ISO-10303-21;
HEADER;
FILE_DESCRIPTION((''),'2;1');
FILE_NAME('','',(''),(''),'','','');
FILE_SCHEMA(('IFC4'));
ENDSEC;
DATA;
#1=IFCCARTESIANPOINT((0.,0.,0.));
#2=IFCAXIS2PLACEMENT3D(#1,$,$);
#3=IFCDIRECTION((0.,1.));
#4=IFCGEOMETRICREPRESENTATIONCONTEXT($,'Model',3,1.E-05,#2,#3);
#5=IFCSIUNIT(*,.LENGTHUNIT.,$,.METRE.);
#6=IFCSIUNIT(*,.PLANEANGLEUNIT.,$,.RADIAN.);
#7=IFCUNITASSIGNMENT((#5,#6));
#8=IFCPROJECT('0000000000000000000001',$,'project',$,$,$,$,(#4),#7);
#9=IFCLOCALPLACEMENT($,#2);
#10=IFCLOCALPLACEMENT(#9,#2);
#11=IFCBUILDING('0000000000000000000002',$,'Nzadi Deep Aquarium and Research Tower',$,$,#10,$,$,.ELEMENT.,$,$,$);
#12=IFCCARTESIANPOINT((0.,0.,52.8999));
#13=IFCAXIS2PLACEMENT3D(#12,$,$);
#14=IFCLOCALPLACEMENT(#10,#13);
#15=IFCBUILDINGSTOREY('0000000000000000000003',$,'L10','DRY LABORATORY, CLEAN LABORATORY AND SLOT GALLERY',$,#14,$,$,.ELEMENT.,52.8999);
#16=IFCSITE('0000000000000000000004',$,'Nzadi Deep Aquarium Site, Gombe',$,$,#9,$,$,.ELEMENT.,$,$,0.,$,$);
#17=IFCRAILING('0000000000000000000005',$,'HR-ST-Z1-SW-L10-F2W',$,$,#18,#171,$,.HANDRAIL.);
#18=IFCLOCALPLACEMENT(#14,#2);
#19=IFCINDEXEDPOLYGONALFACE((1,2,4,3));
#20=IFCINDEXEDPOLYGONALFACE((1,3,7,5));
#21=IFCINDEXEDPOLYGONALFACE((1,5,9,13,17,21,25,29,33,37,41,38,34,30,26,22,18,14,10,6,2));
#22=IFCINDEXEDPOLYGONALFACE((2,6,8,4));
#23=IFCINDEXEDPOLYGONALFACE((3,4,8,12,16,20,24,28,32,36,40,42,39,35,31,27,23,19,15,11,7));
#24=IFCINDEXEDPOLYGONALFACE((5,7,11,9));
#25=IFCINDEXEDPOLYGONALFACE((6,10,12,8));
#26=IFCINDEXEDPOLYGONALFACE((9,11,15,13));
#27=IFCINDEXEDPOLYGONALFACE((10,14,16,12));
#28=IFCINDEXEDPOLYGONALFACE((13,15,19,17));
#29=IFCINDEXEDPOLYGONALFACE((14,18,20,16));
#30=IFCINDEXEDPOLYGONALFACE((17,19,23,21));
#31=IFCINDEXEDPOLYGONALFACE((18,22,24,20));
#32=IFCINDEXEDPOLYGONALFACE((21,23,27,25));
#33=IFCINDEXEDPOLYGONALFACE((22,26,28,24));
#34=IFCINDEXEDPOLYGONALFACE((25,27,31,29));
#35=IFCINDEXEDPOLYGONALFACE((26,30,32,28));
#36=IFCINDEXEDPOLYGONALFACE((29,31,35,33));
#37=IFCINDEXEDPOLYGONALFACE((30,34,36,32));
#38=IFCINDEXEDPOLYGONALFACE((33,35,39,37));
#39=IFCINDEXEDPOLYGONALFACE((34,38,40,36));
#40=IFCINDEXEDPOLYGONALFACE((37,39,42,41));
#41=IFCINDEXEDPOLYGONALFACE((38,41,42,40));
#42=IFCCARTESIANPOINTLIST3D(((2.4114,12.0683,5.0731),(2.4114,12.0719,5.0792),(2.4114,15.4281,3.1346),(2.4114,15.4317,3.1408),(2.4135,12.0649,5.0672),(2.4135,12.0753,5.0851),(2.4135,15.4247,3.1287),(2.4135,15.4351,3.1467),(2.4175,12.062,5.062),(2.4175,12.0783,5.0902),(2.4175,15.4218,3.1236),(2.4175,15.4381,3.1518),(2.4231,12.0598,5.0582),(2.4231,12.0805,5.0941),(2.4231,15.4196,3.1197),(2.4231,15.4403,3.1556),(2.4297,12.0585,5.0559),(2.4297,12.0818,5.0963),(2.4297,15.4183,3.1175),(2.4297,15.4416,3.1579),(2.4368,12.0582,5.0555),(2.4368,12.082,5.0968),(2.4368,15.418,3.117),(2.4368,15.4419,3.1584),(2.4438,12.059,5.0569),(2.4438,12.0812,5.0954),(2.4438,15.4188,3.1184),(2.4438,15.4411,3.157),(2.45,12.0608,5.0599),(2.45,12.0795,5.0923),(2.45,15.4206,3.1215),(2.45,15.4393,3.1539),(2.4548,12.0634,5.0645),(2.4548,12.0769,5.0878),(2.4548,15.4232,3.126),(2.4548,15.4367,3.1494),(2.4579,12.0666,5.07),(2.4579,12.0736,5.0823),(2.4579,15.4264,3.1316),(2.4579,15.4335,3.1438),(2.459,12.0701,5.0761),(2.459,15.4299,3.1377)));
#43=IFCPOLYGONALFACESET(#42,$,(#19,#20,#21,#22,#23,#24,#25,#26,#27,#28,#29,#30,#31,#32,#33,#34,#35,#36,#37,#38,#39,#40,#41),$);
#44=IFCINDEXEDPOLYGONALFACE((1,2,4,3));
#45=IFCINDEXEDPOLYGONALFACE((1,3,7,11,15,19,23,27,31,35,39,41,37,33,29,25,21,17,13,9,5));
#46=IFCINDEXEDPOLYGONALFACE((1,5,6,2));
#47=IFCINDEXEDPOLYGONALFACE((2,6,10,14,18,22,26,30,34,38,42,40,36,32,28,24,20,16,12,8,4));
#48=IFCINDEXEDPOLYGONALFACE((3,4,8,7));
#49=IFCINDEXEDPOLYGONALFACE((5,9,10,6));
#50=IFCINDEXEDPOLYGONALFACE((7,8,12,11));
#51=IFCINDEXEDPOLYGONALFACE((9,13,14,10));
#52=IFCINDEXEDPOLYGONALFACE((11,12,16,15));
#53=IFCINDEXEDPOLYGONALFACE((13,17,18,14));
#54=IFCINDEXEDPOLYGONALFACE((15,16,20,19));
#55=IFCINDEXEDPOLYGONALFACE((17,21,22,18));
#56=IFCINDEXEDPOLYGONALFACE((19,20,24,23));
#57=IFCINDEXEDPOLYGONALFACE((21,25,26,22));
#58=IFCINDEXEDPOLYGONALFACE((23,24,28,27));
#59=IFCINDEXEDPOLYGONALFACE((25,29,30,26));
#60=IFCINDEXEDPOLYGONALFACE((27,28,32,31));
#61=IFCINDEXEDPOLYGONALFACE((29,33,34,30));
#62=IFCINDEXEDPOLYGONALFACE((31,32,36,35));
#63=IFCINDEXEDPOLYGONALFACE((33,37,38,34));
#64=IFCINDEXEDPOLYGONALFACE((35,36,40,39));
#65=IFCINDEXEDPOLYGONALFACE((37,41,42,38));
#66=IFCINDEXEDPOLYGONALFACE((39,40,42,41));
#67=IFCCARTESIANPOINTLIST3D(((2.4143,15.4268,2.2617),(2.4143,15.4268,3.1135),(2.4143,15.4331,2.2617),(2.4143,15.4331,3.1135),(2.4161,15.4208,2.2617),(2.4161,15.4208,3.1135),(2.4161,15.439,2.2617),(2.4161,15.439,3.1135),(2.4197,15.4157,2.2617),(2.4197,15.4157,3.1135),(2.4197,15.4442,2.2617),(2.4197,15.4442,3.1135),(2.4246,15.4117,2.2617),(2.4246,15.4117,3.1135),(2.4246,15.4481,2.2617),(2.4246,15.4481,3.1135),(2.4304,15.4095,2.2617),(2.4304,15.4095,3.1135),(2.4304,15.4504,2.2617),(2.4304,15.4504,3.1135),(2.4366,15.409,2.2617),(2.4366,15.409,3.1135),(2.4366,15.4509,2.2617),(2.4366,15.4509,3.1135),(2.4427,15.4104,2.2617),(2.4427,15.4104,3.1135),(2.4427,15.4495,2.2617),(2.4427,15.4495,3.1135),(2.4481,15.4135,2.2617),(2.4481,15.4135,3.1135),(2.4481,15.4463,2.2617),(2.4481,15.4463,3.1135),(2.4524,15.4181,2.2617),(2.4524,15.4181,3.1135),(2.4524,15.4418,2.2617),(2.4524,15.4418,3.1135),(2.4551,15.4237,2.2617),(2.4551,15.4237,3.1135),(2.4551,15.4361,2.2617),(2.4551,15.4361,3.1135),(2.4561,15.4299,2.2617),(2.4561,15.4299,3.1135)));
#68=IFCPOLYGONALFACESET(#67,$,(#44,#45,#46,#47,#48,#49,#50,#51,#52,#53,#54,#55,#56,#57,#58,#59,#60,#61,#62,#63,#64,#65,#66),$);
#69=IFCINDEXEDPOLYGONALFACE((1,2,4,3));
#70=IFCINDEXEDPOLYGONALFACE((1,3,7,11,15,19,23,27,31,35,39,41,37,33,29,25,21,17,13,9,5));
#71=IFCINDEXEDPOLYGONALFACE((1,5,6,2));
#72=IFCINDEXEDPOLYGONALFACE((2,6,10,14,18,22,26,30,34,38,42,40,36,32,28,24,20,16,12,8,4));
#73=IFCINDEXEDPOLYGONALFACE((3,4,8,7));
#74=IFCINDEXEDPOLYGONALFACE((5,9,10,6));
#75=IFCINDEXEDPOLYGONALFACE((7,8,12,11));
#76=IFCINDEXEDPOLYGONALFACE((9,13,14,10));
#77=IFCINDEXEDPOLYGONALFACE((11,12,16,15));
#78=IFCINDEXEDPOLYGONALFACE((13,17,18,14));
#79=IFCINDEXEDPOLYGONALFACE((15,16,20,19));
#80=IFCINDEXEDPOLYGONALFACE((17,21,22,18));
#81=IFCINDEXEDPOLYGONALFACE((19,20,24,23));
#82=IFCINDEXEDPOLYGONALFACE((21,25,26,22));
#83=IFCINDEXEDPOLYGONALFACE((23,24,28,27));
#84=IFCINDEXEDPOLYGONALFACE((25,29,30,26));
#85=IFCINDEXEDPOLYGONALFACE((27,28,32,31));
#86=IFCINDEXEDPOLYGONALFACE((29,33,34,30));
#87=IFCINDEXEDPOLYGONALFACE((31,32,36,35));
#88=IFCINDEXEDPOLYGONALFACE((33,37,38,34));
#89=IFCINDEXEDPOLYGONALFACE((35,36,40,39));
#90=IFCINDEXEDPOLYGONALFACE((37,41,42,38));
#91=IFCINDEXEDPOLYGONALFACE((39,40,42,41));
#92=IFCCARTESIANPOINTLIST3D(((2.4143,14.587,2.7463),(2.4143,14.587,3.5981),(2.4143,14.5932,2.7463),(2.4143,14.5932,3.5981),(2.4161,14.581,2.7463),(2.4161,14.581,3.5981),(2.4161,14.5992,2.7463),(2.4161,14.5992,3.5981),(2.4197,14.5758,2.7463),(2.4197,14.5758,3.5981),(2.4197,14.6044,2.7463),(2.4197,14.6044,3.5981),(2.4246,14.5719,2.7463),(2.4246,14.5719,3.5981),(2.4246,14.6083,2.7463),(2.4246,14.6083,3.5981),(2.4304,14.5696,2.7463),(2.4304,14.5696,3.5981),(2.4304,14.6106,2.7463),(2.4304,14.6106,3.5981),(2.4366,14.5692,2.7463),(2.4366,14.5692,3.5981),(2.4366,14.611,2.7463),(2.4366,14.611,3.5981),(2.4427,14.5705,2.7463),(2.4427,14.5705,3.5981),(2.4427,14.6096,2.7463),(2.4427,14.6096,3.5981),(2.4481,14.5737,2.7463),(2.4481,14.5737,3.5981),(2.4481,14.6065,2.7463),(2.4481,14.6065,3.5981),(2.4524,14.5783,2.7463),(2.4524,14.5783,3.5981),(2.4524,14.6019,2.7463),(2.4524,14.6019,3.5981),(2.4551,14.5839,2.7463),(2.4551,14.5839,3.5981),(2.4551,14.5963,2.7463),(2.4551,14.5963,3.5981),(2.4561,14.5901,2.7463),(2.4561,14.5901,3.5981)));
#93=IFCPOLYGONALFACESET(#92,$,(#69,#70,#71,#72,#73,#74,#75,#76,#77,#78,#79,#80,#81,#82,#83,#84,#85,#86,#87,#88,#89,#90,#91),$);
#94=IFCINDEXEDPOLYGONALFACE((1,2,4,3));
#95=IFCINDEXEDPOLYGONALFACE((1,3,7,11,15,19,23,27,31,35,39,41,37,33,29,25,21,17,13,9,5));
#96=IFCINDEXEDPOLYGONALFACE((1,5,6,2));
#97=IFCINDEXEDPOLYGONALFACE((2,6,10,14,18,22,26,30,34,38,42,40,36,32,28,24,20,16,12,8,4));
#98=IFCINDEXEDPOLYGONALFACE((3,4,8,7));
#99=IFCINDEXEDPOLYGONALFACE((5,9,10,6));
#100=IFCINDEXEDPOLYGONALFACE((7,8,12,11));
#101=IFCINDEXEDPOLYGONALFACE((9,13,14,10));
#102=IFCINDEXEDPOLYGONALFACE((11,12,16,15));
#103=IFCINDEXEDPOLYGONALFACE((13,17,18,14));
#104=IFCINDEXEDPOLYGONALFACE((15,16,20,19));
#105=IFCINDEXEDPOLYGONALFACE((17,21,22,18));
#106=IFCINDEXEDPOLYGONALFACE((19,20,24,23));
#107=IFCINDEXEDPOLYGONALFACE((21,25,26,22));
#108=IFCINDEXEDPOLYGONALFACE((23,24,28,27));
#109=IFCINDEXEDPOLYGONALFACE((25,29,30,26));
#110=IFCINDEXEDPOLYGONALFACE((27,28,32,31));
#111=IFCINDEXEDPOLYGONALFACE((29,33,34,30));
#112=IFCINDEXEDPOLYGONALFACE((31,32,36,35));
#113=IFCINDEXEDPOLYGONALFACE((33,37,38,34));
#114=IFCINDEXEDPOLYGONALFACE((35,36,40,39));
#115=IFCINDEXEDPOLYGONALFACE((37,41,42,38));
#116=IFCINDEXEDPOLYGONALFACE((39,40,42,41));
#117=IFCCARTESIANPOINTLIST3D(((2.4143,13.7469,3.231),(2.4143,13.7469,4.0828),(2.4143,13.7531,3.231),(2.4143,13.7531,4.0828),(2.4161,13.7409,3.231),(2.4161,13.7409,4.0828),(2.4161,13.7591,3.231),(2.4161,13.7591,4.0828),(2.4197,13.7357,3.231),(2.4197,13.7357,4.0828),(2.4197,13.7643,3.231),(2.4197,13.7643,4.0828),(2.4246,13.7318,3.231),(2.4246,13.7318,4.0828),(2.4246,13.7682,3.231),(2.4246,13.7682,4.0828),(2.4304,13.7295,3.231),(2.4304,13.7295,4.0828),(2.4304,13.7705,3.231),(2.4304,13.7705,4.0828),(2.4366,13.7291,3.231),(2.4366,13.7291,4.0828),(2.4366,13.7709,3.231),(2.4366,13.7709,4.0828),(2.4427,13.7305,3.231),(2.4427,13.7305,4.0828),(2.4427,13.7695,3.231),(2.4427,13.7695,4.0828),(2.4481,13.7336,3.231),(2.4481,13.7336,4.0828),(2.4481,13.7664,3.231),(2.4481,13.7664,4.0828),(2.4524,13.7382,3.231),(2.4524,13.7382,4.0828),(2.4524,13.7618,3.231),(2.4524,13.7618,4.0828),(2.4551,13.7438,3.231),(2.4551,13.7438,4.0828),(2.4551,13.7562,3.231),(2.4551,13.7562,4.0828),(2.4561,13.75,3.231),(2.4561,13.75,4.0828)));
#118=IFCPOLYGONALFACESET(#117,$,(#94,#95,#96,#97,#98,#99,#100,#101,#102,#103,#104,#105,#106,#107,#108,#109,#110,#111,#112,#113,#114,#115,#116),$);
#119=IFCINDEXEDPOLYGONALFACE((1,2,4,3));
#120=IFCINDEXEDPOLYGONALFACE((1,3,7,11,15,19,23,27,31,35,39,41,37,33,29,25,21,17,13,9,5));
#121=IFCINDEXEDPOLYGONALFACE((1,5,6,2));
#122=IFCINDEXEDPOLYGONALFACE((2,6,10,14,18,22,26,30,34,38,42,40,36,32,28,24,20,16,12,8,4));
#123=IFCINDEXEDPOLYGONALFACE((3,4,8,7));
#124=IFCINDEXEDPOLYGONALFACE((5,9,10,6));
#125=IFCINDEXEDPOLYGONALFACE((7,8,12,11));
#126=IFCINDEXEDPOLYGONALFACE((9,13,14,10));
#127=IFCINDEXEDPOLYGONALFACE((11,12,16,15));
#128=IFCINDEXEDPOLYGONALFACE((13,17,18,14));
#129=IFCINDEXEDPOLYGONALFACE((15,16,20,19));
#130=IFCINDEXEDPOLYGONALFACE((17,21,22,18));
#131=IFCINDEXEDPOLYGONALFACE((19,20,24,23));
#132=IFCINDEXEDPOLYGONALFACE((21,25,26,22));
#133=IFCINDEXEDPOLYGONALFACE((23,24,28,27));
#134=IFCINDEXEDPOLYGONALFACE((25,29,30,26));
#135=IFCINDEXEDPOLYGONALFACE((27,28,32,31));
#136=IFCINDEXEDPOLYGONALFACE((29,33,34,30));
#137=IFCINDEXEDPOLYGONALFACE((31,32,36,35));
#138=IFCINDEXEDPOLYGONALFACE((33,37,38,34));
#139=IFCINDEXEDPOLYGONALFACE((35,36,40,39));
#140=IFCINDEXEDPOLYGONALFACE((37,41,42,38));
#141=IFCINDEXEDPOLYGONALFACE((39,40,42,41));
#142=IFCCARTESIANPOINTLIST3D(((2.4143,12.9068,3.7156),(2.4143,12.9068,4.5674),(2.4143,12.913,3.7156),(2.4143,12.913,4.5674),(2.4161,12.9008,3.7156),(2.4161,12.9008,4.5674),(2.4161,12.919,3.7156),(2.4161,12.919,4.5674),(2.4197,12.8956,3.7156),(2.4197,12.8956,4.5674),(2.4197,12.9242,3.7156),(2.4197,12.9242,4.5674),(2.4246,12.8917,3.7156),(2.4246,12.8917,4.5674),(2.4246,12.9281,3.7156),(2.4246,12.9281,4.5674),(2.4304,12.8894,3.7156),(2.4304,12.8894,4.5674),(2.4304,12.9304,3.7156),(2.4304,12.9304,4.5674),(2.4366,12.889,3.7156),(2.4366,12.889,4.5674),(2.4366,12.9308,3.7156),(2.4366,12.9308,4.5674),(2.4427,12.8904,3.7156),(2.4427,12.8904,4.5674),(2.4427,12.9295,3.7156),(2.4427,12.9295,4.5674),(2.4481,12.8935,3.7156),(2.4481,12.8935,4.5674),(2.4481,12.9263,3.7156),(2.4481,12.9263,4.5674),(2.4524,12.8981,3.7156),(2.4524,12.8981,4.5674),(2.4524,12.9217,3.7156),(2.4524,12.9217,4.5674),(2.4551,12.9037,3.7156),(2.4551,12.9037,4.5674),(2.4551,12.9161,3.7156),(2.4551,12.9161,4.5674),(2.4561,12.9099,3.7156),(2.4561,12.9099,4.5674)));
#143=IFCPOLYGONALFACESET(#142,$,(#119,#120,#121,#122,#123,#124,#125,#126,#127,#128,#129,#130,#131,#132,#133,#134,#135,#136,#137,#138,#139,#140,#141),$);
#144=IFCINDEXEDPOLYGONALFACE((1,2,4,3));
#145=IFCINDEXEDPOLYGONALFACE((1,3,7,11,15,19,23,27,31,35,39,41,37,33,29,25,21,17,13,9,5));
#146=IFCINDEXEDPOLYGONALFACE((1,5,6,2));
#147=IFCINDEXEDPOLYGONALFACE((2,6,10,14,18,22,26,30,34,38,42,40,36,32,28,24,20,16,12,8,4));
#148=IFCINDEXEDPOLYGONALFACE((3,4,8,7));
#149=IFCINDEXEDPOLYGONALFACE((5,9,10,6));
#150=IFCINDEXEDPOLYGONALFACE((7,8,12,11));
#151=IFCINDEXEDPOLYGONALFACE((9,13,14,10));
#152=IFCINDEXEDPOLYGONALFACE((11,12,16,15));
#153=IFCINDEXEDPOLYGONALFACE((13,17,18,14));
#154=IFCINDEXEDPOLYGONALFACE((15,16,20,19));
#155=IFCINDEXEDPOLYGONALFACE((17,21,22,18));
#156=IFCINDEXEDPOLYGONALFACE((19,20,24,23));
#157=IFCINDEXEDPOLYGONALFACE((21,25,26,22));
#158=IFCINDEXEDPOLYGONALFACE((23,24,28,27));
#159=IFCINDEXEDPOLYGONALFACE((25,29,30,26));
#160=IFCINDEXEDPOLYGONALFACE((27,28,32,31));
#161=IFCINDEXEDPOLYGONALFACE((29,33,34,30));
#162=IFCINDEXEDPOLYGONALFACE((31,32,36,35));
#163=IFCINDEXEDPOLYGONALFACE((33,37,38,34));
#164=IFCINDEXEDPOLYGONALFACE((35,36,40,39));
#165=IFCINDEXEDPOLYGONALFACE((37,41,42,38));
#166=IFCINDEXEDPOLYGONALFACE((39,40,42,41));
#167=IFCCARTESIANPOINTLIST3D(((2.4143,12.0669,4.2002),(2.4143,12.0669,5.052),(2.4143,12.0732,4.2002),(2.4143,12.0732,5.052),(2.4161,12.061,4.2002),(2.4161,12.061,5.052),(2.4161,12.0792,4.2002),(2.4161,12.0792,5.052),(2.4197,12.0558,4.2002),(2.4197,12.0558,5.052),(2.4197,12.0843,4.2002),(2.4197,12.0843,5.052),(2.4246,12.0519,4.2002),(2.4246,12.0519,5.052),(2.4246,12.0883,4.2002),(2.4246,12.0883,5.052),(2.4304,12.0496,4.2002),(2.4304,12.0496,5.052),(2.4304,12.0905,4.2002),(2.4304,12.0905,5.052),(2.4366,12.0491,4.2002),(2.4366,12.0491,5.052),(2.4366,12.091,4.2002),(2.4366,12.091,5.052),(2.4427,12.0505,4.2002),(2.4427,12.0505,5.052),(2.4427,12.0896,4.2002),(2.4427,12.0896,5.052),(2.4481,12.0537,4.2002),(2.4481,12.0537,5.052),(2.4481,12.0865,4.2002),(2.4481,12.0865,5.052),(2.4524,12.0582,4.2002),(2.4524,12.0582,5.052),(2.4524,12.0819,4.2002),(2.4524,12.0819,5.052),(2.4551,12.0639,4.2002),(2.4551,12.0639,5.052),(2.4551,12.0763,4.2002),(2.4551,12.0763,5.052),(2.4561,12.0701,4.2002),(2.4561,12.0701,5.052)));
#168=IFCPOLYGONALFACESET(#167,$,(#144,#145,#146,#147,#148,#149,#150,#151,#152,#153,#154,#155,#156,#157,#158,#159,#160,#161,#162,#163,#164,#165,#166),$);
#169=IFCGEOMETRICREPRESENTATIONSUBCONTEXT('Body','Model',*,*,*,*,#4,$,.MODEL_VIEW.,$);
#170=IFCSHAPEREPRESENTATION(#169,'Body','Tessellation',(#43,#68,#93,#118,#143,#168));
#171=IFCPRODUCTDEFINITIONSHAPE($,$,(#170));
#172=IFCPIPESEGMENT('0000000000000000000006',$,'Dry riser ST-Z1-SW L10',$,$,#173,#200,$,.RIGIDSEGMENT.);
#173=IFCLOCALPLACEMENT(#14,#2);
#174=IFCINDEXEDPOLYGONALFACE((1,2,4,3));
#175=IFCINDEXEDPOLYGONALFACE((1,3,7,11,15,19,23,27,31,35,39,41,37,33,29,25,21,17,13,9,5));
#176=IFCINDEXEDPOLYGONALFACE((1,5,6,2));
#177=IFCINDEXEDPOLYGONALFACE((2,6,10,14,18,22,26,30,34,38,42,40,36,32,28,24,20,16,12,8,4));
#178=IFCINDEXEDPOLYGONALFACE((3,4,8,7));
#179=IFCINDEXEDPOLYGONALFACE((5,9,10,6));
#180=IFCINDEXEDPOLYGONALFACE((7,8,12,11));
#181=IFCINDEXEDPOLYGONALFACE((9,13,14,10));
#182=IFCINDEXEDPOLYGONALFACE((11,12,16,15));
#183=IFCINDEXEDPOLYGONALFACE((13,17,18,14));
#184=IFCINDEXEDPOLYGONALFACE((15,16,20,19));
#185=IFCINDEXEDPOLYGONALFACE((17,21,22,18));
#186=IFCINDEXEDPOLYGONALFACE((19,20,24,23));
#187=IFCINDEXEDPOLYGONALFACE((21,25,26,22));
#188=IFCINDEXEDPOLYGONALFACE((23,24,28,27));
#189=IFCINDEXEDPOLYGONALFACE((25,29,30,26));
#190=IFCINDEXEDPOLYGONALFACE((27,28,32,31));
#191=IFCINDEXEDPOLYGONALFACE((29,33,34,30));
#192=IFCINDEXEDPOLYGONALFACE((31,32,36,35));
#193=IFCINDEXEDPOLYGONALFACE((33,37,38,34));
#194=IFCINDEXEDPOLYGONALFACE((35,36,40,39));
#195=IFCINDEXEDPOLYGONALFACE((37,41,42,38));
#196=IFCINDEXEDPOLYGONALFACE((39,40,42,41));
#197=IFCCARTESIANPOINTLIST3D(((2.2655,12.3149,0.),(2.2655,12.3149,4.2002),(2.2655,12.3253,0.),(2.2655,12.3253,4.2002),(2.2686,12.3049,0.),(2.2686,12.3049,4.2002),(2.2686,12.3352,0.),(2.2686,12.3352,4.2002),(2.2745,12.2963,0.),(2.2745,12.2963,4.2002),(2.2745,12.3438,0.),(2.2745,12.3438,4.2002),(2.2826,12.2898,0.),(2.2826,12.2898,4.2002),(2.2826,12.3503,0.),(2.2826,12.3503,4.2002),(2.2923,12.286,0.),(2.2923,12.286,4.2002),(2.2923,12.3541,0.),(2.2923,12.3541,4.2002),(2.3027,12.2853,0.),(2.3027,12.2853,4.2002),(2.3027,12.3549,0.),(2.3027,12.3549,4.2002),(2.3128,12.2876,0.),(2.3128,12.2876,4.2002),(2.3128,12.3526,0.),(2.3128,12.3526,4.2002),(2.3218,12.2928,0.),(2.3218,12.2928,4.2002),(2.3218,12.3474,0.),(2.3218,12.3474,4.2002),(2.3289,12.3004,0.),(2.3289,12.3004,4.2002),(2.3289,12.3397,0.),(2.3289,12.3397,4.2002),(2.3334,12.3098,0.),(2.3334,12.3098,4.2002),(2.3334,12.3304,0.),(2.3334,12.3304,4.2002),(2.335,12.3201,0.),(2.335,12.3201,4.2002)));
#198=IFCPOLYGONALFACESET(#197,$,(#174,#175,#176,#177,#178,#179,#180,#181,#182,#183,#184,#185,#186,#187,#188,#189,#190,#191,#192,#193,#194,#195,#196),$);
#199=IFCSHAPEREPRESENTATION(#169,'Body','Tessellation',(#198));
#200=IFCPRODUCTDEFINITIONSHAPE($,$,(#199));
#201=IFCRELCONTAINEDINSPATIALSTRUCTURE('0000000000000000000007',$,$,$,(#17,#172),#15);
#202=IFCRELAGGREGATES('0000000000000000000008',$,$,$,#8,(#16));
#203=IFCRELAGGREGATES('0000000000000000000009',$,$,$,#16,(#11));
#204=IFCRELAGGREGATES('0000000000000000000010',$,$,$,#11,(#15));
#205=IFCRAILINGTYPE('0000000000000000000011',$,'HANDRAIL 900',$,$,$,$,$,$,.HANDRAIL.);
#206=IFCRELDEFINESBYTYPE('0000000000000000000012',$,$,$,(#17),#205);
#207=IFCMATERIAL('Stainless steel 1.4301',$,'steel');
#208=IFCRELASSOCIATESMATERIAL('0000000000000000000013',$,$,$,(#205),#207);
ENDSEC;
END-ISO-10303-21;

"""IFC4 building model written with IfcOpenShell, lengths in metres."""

from ifc_helpers import new_model, si_unit, direction, frame, origin, origin_2d, place, context, subcontext, project, spatial, circle, extrude, material, type_object, element, save


model = new_model("IFC4")

# Units and contexts
model_context = context("Model", 3, precision=1e-05, world=origin(), true_north=direction((0.0, 1.0)))
body_context = subcontext(model_context, "Body", "Model", "MODEL_VIEW")
ifc_project = project(units=[si_unit("LENGTHUNIT", "METRE"), si_unit("PLANEANGLEUNIT", "RADIAN")], contexts=[model_context])

# Site, building, storey
site_placement = place(None, origin())
site = spatial("IfcSite", under=ifc_project, at=site_placement, Name="Nzadi Deep Aquarium Site, Gombe", CompositionType="ELEMENT", RefElevation=0.0)
building_placement = place(site_placement, origin())
building = spatial("IfcBuilding", under=site, at=building_placement, Name="Nzadi Deep Aquarium and Research Tower", CompositionType="ELEMENT")
storey_placement = place(building_placement, frame((0.0, 0.0, 52.8999)))
storey = spatial("IfcBuildingStorey", under=building, at=storey_placement, Name="L10", Description="DRY LABORATORY, CLEAN LABORATORY AND SLOT GALLERY", CompositionType="ELEMENT", Elevation=52.8999)

# Railing
ifc_material_1 = material(Name="Stainless steel 1.4301", Category="steel")
railing_type = type_object("IfcRailingType", Name="HANDRAIL 900", PredefinedType="HANDRAIL", material=ifc_material_1)
railing_placement = place(storey_placement, frame((2.4351, 15.4299, 2.2617)))
element("IfcRailing", 1, at=railing_placement, inside=storey, type_object=railing_type, Name="HR-ST-Z1-SW-L10-F2W", PredefinedType="HANDRAIL", context=body_context, shape_type="SweptSolid", body=[
    extrude(circle(Radius=0.0239, at=origin_2d()), frame((0.0, 0.0, 0.876), z_axis=(0.0, -0.866175, 0.499741), x_axis=(1.0, 0.0, 0.0)), (0.0, 0.0, 1.0), 3.8789),
    extrude(circle(Radius=0.021, at=origin_2d()), origin(), (0.0, 0.0, 1.0), 0.8518),
    extrude(circle(Radius=0.021, at=origin_2d()), frame((0.0, -0.8398, 0.4846)), (0.0, 0.0, 1.0), 0.8518),
    extrude(circle(Radius=0.021, at=origin_2d()), frame((0.0, -1.6799, 0.9692)), (0.0, 0.0, 1.0), 0.8518),
    extrude(circle(Radius=0.021, at=origin_2d()), frame((0.0, -2.52, 1.4539)), (0.0, 0.0, 1.0), 0.8518),
    extrude(circle(Radius=0.021, at=origin_2d()), frame((0.0, -3.3599, 1.9385)), (0.0, 0.0, 1.0), 0.8518),
])

# Pipe segment
pipe_segment_placement = place(storey_placement, frame((2.3, 12.3201, 0.0), z_axis=(0.0, 0.0, 1.0), x_axis=(1.0, 0.0, 0.0)))
element("IfcPipeSegment", 2, at=pipe_segment_placement, inside=storey, Name="Dry riser ST-Z1-SW L10", PredefinedType="RIGIDSEGMENT", context=body_context, shape_type="SweptSolid", body=[
    extrude(circle(Radius=0.0349, at=origin_2d()), origin(), (0.0, 0.0, 1.0), 4.2002),
])

save(model, "model.ifc")
